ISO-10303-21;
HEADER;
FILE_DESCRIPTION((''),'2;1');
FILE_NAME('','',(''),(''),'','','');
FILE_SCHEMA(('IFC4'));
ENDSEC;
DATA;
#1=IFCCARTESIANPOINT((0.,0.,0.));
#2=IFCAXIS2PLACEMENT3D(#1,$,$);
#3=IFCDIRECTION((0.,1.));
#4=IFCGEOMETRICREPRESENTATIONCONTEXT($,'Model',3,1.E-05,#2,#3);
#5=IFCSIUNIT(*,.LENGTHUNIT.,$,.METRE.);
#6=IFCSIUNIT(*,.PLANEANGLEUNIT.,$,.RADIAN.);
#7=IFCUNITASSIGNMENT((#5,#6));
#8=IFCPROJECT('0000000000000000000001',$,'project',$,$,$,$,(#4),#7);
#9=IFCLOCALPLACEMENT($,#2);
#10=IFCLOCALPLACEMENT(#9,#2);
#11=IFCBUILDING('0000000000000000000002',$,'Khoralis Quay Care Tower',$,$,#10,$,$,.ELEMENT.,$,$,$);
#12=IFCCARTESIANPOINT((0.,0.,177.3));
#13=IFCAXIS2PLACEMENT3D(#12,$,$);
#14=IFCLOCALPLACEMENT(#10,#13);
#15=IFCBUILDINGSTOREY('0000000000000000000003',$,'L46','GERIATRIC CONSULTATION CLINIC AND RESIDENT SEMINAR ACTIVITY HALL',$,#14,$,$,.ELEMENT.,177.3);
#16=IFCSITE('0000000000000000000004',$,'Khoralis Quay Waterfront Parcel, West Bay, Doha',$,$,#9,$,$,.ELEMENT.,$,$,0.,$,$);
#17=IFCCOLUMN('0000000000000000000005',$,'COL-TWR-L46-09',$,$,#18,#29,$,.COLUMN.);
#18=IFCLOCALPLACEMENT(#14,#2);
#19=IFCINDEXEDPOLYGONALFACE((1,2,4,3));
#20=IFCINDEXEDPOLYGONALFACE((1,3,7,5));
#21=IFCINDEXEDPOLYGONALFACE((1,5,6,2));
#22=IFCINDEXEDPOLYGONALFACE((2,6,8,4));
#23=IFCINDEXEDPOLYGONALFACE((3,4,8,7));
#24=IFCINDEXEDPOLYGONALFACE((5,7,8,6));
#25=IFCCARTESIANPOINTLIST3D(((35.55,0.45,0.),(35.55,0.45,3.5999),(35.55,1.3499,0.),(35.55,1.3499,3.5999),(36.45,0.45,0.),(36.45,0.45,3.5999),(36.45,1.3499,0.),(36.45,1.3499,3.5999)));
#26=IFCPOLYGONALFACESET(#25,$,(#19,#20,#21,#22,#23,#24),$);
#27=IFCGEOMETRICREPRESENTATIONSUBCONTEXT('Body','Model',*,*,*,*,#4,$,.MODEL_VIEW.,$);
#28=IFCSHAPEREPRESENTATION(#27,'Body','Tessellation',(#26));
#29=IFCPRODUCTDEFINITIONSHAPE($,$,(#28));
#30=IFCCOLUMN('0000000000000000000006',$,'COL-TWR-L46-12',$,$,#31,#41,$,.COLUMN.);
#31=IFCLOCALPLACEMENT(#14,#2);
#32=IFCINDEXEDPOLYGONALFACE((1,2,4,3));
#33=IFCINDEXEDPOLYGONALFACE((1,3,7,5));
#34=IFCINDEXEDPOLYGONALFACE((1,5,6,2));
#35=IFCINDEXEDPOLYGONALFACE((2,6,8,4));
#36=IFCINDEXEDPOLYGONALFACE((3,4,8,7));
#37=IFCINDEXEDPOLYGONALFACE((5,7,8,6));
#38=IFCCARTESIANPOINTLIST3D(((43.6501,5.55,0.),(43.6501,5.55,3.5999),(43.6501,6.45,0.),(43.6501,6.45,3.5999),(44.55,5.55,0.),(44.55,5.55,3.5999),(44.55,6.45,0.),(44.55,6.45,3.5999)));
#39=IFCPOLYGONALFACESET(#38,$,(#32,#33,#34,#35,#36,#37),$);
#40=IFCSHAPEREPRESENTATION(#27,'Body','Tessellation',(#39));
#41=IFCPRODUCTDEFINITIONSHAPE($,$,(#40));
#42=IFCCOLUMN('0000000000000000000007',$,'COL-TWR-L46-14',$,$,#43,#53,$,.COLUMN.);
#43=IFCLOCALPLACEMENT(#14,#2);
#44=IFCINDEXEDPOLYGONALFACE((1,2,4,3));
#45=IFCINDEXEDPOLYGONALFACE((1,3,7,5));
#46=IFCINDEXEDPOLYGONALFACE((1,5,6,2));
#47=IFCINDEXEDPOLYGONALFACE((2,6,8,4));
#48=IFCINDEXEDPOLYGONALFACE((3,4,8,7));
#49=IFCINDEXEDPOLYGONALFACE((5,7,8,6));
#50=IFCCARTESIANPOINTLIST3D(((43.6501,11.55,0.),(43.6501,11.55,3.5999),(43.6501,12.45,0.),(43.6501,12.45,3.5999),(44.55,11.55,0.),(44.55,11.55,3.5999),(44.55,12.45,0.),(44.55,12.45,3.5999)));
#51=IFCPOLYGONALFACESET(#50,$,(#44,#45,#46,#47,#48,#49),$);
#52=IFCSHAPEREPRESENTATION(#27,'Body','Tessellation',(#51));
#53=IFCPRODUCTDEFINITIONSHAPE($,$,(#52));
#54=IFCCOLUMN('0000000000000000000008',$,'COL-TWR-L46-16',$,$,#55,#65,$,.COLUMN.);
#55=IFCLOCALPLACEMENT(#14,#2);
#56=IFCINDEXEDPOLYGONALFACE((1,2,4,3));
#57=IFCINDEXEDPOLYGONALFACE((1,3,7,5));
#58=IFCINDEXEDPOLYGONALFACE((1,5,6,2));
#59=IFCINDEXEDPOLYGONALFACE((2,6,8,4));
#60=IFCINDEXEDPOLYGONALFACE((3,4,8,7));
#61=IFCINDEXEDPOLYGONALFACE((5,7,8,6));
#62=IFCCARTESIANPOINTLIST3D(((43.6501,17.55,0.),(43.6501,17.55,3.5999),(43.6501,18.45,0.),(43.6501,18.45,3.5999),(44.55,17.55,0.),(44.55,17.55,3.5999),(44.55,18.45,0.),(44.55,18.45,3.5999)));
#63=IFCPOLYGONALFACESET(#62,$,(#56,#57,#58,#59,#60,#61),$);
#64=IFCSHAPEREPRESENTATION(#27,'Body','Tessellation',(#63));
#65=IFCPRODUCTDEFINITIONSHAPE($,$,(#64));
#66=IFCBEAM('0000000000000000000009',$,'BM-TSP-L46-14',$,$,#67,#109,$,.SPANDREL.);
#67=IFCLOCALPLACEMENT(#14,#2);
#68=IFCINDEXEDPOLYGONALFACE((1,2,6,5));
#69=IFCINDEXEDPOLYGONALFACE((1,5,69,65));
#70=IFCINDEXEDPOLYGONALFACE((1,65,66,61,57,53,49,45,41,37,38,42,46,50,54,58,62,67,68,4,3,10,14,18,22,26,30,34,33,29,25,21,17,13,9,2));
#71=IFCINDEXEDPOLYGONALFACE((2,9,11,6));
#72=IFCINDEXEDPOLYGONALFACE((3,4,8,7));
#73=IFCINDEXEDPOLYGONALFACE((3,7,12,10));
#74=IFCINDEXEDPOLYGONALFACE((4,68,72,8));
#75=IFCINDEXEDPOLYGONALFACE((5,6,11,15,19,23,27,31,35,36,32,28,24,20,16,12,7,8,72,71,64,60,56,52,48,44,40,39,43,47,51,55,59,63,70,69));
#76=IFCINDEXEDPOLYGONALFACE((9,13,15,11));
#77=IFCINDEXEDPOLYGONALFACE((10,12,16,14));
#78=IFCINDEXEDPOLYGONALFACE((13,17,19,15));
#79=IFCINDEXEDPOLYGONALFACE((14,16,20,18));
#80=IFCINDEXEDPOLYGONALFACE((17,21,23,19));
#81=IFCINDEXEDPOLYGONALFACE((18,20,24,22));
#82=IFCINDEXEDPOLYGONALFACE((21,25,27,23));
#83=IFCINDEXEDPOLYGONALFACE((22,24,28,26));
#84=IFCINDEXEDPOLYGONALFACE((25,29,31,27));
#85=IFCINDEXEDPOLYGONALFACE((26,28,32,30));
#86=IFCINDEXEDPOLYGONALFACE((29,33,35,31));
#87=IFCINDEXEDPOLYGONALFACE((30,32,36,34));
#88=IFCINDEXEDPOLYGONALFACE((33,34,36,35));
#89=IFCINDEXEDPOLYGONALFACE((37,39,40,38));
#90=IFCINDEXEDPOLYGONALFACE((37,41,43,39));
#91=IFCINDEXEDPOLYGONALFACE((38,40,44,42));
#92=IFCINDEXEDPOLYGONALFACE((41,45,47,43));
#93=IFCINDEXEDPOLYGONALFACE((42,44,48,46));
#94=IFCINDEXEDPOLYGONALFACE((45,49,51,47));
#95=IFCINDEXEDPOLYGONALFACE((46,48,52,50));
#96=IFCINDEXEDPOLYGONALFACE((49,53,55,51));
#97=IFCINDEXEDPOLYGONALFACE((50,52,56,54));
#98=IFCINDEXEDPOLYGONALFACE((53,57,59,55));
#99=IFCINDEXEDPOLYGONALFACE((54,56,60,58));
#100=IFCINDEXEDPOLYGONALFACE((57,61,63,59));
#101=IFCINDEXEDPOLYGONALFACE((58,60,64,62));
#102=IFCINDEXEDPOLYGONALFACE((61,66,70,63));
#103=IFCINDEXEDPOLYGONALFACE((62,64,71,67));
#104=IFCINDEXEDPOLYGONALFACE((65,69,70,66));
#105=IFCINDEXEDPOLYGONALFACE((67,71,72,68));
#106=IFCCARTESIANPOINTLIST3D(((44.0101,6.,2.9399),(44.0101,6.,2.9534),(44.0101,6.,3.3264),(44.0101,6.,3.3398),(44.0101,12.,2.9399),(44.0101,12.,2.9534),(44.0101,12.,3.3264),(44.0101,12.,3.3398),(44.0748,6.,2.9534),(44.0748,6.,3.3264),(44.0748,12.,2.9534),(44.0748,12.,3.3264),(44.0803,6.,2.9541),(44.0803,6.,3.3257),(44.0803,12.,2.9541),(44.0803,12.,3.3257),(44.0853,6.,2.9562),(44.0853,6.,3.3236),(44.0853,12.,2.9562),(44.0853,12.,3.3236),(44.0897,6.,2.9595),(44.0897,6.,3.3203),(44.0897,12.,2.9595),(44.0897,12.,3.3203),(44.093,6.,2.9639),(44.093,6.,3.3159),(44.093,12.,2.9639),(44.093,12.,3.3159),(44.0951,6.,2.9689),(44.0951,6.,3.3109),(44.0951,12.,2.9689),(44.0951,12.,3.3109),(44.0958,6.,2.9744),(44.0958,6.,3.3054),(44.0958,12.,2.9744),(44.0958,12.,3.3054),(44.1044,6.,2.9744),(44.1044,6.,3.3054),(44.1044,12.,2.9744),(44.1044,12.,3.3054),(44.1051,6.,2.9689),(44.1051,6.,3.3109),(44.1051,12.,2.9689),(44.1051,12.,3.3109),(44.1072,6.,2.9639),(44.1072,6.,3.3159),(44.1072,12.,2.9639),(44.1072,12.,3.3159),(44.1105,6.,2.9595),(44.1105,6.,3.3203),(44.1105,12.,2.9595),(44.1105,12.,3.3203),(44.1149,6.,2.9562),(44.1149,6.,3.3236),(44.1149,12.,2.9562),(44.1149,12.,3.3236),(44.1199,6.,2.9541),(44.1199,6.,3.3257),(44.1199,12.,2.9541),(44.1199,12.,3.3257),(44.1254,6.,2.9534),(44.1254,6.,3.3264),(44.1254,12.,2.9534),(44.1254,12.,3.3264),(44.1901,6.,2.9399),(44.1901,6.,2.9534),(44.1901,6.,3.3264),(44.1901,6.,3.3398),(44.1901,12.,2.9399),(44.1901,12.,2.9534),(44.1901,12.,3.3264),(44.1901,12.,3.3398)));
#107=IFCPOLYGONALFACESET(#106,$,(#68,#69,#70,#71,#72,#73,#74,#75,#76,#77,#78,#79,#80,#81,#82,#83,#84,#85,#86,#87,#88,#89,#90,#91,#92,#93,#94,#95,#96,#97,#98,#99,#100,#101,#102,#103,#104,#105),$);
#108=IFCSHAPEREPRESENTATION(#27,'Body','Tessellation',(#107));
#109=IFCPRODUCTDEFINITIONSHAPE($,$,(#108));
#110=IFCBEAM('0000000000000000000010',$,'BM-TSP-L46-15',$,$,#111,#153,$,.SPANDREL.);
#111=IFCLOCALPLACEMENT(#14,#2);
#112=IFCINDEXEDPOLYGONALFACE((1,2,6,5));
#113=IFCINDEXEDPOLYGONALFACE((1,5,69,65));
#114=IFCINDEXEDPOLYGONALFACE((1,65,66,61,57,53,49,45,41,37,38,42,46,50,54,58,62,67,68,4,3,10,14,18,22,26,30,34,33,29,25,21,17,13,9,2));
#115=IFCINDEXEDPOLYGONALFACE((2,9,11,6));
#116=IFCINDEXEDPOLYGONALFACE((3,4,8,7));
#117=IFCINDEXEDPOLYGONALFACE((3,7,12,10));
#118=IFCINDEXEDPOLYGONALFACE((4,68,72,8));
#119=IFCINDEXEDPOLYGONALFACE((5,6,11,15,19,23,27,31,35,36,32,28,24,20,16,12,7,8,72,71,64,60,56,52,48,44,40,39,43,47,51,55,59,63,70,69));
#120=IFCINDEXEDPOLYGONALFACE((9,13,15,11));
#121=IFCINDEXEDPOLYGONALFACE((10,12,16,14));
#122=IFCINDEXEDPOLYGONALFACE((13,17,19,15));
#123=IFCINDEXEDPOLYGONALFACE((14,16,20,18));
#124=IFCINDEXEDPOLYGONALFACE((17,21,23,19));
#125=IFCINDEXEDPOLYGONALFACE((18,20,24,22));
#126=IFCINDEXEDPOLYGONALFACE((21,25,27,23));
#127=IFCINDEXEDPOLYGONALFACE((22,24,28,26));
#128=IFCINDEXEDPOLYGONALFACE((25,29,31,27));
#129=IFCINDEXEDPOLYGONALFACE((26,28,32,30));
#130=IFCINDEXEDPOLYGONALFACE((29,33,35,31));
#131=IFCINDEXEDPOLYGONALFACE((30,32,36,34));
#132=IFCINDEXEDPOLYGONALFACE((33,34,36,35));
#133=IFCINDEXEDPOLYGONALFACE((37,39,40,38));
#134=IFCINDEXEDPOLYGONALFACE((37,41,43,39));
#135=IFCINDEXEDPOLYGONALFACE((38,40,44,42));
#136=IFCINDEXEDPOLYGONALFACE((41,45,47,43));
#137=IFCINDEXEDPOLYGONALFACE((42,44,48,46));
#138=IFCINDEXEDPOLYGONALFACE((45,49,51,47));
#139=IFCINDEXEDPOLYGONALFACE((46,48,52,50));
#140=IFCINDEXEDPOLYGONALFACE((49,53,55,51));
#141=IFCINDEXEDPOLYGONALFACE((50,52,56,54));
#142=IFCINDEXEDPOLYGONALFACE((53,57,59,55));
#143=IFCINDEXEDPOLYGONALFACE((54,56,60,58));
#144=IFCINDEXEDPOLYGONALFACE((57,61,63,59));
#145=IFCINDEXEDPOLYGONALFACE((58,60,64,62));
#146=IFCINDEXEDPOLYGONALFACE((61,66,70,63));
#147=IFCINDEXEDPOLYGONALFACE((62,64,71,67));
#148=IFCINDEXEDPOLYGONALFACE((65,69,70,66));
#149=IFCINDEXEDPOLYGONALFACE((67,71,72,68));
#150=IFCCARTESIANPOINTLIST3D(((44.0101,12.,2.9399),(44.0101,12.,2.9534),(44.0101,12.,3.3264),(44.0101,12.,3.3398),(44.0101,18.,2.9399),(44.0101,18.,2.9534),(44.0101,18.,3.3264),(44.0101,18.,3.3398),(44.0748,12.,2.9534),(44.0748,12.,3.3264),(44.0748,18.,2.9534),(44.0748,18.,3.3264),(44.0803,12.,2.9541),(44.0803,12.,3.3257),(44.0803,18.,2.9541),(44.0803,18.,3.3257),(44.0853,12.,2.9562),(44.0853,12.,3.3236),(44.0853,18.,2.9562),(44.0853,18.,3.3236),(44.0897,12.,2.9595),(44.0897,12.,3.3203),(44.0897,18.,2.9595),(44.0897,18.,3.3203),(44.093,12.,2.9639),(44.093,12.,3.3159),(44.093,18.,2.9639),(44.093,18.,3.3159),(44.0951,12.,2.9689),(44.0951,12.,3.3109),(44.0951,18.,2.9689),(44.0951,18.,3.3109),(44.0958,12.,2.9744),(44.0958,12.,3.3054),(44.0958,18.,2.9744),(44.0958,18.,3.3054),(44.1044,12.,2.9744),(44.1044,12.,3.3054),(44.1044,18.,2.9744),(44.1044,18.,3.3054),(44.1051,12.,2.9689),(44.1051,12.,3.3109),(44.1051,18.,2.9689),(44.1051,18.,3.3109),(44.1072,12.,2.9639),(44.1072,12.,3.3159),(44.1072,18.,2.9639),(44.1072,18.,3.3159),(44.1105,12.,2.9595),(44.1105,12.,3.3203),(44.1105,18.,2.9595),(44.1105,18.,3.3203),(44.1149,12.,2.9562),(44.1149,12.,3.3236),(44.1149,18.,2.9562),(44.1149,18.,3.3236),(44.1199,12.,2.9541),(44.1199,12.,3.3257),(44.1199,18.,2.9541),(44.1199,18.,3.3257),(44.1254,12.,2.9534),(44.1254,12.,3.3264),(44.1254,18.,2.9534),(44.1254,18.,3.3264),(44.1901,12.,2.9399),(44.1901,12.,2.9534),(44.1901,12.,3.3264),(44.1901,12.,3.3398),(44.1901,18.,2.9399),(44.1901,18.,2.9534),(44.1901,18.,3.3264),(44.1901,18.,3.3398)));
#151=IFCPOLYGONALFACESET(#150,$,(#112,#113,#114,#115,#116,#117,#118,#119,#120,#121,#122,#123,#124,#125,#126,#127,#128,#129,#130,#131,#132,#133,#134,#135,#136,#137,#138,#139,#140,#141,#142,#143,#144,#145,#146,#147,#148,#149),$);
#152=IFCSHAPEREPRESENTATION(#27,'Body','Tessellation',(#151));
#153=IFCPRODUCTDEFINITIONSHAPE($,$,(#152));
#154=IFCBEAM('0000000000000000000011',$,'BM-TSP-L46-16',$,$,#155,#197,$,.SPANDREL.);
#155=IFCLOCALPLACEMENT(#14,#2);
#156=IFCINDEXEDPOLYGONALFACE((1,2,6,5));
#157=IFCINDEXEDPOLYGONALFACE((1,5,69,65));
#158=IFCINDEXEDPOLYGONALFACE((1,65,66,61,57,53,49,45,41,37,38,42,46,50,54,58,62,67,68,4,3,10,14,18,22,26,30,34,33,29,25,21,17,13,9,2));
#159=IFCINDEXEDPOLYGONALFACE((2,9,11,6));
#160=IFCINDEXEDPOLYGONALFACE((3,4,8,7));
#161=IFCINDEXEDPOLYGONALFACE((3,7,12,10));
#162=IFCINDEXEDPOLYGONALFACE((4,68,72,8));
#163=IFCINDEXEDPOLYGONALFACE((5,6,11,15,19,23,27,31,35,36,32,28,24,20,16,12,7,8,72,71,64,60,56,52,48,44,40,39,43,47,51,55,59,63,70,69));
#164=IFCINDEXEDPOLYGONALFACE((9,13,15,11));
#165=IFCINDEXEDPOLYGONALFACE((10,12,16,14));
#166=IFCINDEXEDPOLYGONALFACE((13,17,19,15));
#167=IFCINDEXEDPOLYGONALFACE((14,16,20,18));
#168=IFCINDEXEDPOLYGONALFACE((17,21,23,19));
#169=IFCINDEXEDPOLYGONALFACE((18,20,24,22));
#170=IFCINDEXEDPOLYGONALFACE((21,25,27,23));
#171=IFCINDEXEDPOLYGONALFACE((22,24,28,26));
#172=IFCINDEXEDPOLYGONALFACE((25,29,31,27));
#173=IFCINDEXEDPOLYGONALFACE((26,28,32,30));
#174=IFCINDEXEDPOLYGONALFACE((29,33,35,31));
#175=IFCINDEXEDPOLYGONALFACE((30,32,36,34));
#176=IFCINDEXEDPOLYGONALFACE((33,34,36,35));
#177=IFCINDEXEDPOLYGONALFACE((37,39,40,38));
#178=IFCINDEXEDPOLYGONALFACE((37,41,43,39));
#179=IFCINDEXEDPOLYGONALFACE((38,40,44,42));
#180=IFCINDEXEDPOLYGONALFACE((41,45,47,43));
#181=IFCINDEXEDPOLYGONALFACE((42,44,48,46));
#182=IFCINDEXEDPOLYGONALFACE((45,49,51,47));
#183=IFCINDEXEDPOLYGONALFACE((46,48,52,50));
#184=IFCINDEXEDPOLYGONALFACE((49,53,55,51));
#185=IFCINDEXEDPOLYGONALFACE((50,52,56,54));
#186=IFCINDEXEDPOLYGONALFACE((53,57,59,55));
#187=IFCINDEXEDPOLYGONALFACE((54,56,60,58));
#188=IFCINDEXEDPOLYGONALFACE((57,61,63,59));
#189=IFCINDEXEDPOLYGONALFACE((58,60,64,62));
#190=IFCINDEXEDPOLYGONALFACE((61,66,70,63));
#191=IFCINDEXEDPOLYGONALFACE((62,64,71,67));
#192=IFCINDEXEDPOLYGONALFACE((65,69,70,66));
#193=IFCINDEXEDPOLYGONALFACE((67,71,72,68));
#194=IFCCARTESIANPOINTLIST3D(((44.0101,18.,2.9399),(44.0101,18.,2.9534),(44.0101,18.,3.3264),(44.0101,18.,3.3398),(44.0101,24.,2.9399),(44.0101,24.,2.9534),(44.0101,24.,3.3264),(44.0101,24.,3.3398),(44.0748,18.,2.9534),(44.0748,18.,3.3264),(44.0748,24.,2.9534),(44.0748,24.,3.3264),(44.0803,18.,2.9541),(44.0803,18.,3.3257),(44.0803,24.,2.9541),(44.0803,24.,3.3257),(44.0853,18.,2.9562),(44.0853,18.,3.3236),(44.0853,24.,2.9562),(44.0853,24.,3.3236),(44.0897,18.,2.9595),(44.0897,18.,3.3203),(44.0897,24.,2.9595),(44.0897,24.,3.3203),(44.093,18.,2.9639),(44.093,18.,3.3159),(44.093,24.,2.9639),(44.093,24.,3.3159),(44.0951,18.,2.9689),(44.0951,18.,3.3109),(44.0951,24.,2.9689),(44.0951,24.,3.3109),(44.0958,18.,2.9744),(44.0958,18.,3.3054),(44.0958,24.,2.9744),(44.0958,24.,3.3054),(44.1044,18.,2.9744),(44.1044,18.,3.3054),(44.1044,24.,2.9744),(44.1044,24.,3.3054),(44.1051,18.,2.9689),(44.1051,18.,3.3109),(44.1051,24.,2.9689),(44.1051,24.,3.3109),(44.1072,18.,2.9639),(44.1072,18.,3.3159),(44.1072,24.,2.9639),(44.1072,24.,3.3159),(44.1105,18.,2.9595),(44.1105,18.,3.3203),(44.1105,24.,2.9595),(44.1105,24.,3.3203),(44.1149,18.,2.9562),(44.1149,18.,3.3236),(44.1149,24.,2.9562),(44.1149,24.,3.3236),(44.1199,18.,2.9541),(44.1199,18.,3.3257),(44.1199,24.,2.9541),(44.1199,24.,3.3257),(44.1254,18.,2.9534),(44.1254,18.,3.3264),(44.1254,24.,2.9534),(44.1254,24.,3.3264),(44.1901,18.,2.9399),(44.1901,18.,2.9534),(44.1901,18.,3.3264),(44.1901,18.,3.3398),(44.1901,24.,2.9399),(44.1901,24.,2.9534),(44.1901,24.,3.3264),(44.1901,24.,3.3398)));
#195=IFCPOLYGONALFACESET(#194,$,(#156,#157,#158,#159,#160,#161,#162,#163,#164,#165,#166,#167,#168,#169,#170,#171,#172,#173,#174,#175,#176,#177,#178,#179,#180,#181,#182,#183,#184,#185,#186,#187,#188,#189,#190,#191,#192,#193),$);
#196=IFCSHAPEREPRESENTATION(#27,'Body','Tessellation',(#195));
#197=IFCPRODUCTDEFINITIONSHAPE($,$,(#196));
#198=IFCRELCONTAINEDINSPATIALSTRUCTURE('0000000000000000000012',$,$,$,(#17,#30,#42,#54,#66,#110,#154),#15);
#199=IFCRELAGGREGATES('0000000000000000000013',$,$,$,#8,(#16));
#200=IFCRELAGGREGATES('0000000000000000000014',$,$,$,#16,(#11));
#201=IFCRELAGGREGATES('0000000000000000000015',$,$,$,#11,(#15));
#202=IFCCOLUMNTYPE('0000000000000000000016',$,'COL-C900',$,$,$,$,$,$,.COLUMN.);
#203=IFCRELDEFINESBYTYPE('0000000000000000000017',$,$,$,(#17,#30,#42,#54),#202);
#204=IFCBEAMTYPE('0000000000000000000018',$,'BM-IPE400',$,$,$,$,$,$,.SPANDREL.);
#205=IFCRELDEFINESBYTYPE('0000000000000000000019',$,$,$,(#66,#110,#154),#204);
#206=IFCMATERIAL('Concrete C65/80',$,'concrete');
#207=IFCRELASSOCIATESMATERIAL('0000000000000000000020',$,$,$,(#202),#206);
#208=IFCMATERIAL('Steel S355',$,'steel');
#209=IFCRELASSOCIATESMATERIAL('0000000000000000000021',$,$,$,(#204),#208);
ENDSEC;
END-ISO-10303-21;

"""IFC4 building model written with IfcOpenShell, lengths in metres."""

from ifc_helpers import new_model, si_unit, direction, frame, origin, origin_2d, place, context, subcontext, project, spatial, rectangle, i_section, extrude, source, transform, mapped, material, material_profile, profile_set, type_object, element, save


model = new_model("IFC4")

# Units and contexts
model_context = context("Model", 3, precision=1e-05, world=origin(), true_north=direction((0.0, 1.0)))
body_context = subcontext(model_context, "Body", "Model", "MODEL_VIEW")
ifc_project = project(units=[si_unit("LENGTHUNIT", "METRE"), si_unit("PLANEANGLEUNIT", "RADIAN")], contexts=[model_context])

# Site, building, storey
site_placement = place(None, origin())
site = spatial("IfcSite", under=ifc_project, at=site_placement, Name="Khoralis Quay Waterfront Parcel, West Bay, Doha", CompositionType="ELEMENT", RefElevation=0.0)
building_placement = place(site_placement, origin())
building = spatial("IfcBuilding", under=site, at=building_placement, Name="Khoralis Quay Care Tower", CompositionType="ELEMENT")
storey_placement = place(building_placement, frame((0.0, 0.0, 177.3)))
storey = spatial("IfcBuildingStorey", under=building, at=storey_placement, Name="L46", Description="GERIATRIC CONSULTATION CLINIC AND RESIDENT SEMINAR ACTIVITY HALL", CompositionType="ELEMENT", Elevation=177.3)

# Columns
ifc_material_1 = material(Name="Concrete C65/80", Category="concrete")
ifc_material_profile_1 = material_profile(ifc_material_1, rectangle(XDim=0.8999, YDim=0.8999, at=origin_2d()), Name="Concrete C65/80")
ifc_profile_set_1 = profile_set([ifc_material_profile_1], Name="Concrete C65/80")
column_type = type_object("IfcColumnType", Name="COL-C900", PredefinedType="COLUMN", material=ifc_profile_set_1)
shared_shape_1 = source(origin(), body_context, "Body", "SweptSolid", [
    extrude(rectangle(XDim=0.8999, YDim=0.8999, at=origin_2d()), origin(), (0.0, 0.0, 1.0), 3.5999),
])
for number, where, z_axis, x_axis, name in (
    (1, (36.0, 0.8999, 0.0), (0.0, 0.0, 1.0), (1.0, 0.0, 0.0), "COL-TWR-L46-09"),
    (2, (44.1001, 6.0, 0.0), (0.0, 0.0, 1.0), (1.0, 0.0, 0.0), "COL-TWR-L46-12"),
    (3, (44.1001, 12.0, 0.0), (0.0, 0.0, 1.0), (1.0, 0.0, 0.0), "COL-TWR-L46-14"),
    (4, (44.1001, 18.0, 0.0), (0.0, 0.0, 1.0), (1.0, 0.0, 0.0), "COL-TWR-L46-16"),
):
    element("IfcColumn", number, at=place(storey_placement, frame(where, z_axis=z_axis, x_axis=x_axis)), inside=storey, type_object=column_type, Name=name, PredefinedType="COLUMN", context=body_context, shape_type="MappedRepresentation", body=[
        mapped(shared_shape_1, transform((0.0, 0.0, 0.0), scale=1.0)),
    ])

# Beams
ifc_material_2 = material(Name="Steel S355", Category="steel")
ifc_material_profile_2 = material_profile(ifc_material_2, i_section(OverallWidth=0.1799, OverallDepth=0.3999, WebThickness=0.0085, FlangeThickness=0.0134, FilletRadius=0.021, at=origin_2d()), Name="Steel S355")
ifc_profile_set_2 = profile_set([ifc_material_profile_2], Name="Steel S355")
beam_type_1 = type_object("IfcBeamType", Name="BM-IPE400", PredefinedType="SPANDREL", material=ifc_profile_set_2)
shared_shape_2 = source(origin(), body_context, "Body", "SweptSolid", [
    extrude(i_section(OverallWidth=0.1799, OverallDepth=0.3999, WebThickness=0.0085, FlangeThickness=0.0134, FilletRadius=0.021, at=origin_2d()), origin(), (0.0, 0.0, 1.0), 6.0),
])
for number, where, z_axis, x_axis, name in (
    (5, (44.1001, 6.0, 3.1399), (0.0, 1.0, 0.0), (-1.0, 0.0, 0.0), "BM-TSP-L46-14"),
    (6, (44.1001, 12.0, 3.1399), (0.0, 1.0, 0.0), (-1.0, 0.0, 0.0), "BM-TSP-L46-15"),
    (7, (44.1001, 18.0, 3.1399), (0.0, 1.0, 0.0), (-1.0, 0.0, 0.0), "BM-TSP-L46-16"),
):
    element("IfcBeam", number, at=place(storey_placement, frame(where, z_axis=z_axis, x_axis=x_axis)), inside=storey, type_object=beam_type_1, Name=name, PredefinedType="SPANDREL", context=body_context, shape_type="MappedRepresentation", body=[
        mapped(shared_shape_2, transform((0.0, 0.0, 0.0), scale=1.0)),
    ])

save(model, "model.ifc")
